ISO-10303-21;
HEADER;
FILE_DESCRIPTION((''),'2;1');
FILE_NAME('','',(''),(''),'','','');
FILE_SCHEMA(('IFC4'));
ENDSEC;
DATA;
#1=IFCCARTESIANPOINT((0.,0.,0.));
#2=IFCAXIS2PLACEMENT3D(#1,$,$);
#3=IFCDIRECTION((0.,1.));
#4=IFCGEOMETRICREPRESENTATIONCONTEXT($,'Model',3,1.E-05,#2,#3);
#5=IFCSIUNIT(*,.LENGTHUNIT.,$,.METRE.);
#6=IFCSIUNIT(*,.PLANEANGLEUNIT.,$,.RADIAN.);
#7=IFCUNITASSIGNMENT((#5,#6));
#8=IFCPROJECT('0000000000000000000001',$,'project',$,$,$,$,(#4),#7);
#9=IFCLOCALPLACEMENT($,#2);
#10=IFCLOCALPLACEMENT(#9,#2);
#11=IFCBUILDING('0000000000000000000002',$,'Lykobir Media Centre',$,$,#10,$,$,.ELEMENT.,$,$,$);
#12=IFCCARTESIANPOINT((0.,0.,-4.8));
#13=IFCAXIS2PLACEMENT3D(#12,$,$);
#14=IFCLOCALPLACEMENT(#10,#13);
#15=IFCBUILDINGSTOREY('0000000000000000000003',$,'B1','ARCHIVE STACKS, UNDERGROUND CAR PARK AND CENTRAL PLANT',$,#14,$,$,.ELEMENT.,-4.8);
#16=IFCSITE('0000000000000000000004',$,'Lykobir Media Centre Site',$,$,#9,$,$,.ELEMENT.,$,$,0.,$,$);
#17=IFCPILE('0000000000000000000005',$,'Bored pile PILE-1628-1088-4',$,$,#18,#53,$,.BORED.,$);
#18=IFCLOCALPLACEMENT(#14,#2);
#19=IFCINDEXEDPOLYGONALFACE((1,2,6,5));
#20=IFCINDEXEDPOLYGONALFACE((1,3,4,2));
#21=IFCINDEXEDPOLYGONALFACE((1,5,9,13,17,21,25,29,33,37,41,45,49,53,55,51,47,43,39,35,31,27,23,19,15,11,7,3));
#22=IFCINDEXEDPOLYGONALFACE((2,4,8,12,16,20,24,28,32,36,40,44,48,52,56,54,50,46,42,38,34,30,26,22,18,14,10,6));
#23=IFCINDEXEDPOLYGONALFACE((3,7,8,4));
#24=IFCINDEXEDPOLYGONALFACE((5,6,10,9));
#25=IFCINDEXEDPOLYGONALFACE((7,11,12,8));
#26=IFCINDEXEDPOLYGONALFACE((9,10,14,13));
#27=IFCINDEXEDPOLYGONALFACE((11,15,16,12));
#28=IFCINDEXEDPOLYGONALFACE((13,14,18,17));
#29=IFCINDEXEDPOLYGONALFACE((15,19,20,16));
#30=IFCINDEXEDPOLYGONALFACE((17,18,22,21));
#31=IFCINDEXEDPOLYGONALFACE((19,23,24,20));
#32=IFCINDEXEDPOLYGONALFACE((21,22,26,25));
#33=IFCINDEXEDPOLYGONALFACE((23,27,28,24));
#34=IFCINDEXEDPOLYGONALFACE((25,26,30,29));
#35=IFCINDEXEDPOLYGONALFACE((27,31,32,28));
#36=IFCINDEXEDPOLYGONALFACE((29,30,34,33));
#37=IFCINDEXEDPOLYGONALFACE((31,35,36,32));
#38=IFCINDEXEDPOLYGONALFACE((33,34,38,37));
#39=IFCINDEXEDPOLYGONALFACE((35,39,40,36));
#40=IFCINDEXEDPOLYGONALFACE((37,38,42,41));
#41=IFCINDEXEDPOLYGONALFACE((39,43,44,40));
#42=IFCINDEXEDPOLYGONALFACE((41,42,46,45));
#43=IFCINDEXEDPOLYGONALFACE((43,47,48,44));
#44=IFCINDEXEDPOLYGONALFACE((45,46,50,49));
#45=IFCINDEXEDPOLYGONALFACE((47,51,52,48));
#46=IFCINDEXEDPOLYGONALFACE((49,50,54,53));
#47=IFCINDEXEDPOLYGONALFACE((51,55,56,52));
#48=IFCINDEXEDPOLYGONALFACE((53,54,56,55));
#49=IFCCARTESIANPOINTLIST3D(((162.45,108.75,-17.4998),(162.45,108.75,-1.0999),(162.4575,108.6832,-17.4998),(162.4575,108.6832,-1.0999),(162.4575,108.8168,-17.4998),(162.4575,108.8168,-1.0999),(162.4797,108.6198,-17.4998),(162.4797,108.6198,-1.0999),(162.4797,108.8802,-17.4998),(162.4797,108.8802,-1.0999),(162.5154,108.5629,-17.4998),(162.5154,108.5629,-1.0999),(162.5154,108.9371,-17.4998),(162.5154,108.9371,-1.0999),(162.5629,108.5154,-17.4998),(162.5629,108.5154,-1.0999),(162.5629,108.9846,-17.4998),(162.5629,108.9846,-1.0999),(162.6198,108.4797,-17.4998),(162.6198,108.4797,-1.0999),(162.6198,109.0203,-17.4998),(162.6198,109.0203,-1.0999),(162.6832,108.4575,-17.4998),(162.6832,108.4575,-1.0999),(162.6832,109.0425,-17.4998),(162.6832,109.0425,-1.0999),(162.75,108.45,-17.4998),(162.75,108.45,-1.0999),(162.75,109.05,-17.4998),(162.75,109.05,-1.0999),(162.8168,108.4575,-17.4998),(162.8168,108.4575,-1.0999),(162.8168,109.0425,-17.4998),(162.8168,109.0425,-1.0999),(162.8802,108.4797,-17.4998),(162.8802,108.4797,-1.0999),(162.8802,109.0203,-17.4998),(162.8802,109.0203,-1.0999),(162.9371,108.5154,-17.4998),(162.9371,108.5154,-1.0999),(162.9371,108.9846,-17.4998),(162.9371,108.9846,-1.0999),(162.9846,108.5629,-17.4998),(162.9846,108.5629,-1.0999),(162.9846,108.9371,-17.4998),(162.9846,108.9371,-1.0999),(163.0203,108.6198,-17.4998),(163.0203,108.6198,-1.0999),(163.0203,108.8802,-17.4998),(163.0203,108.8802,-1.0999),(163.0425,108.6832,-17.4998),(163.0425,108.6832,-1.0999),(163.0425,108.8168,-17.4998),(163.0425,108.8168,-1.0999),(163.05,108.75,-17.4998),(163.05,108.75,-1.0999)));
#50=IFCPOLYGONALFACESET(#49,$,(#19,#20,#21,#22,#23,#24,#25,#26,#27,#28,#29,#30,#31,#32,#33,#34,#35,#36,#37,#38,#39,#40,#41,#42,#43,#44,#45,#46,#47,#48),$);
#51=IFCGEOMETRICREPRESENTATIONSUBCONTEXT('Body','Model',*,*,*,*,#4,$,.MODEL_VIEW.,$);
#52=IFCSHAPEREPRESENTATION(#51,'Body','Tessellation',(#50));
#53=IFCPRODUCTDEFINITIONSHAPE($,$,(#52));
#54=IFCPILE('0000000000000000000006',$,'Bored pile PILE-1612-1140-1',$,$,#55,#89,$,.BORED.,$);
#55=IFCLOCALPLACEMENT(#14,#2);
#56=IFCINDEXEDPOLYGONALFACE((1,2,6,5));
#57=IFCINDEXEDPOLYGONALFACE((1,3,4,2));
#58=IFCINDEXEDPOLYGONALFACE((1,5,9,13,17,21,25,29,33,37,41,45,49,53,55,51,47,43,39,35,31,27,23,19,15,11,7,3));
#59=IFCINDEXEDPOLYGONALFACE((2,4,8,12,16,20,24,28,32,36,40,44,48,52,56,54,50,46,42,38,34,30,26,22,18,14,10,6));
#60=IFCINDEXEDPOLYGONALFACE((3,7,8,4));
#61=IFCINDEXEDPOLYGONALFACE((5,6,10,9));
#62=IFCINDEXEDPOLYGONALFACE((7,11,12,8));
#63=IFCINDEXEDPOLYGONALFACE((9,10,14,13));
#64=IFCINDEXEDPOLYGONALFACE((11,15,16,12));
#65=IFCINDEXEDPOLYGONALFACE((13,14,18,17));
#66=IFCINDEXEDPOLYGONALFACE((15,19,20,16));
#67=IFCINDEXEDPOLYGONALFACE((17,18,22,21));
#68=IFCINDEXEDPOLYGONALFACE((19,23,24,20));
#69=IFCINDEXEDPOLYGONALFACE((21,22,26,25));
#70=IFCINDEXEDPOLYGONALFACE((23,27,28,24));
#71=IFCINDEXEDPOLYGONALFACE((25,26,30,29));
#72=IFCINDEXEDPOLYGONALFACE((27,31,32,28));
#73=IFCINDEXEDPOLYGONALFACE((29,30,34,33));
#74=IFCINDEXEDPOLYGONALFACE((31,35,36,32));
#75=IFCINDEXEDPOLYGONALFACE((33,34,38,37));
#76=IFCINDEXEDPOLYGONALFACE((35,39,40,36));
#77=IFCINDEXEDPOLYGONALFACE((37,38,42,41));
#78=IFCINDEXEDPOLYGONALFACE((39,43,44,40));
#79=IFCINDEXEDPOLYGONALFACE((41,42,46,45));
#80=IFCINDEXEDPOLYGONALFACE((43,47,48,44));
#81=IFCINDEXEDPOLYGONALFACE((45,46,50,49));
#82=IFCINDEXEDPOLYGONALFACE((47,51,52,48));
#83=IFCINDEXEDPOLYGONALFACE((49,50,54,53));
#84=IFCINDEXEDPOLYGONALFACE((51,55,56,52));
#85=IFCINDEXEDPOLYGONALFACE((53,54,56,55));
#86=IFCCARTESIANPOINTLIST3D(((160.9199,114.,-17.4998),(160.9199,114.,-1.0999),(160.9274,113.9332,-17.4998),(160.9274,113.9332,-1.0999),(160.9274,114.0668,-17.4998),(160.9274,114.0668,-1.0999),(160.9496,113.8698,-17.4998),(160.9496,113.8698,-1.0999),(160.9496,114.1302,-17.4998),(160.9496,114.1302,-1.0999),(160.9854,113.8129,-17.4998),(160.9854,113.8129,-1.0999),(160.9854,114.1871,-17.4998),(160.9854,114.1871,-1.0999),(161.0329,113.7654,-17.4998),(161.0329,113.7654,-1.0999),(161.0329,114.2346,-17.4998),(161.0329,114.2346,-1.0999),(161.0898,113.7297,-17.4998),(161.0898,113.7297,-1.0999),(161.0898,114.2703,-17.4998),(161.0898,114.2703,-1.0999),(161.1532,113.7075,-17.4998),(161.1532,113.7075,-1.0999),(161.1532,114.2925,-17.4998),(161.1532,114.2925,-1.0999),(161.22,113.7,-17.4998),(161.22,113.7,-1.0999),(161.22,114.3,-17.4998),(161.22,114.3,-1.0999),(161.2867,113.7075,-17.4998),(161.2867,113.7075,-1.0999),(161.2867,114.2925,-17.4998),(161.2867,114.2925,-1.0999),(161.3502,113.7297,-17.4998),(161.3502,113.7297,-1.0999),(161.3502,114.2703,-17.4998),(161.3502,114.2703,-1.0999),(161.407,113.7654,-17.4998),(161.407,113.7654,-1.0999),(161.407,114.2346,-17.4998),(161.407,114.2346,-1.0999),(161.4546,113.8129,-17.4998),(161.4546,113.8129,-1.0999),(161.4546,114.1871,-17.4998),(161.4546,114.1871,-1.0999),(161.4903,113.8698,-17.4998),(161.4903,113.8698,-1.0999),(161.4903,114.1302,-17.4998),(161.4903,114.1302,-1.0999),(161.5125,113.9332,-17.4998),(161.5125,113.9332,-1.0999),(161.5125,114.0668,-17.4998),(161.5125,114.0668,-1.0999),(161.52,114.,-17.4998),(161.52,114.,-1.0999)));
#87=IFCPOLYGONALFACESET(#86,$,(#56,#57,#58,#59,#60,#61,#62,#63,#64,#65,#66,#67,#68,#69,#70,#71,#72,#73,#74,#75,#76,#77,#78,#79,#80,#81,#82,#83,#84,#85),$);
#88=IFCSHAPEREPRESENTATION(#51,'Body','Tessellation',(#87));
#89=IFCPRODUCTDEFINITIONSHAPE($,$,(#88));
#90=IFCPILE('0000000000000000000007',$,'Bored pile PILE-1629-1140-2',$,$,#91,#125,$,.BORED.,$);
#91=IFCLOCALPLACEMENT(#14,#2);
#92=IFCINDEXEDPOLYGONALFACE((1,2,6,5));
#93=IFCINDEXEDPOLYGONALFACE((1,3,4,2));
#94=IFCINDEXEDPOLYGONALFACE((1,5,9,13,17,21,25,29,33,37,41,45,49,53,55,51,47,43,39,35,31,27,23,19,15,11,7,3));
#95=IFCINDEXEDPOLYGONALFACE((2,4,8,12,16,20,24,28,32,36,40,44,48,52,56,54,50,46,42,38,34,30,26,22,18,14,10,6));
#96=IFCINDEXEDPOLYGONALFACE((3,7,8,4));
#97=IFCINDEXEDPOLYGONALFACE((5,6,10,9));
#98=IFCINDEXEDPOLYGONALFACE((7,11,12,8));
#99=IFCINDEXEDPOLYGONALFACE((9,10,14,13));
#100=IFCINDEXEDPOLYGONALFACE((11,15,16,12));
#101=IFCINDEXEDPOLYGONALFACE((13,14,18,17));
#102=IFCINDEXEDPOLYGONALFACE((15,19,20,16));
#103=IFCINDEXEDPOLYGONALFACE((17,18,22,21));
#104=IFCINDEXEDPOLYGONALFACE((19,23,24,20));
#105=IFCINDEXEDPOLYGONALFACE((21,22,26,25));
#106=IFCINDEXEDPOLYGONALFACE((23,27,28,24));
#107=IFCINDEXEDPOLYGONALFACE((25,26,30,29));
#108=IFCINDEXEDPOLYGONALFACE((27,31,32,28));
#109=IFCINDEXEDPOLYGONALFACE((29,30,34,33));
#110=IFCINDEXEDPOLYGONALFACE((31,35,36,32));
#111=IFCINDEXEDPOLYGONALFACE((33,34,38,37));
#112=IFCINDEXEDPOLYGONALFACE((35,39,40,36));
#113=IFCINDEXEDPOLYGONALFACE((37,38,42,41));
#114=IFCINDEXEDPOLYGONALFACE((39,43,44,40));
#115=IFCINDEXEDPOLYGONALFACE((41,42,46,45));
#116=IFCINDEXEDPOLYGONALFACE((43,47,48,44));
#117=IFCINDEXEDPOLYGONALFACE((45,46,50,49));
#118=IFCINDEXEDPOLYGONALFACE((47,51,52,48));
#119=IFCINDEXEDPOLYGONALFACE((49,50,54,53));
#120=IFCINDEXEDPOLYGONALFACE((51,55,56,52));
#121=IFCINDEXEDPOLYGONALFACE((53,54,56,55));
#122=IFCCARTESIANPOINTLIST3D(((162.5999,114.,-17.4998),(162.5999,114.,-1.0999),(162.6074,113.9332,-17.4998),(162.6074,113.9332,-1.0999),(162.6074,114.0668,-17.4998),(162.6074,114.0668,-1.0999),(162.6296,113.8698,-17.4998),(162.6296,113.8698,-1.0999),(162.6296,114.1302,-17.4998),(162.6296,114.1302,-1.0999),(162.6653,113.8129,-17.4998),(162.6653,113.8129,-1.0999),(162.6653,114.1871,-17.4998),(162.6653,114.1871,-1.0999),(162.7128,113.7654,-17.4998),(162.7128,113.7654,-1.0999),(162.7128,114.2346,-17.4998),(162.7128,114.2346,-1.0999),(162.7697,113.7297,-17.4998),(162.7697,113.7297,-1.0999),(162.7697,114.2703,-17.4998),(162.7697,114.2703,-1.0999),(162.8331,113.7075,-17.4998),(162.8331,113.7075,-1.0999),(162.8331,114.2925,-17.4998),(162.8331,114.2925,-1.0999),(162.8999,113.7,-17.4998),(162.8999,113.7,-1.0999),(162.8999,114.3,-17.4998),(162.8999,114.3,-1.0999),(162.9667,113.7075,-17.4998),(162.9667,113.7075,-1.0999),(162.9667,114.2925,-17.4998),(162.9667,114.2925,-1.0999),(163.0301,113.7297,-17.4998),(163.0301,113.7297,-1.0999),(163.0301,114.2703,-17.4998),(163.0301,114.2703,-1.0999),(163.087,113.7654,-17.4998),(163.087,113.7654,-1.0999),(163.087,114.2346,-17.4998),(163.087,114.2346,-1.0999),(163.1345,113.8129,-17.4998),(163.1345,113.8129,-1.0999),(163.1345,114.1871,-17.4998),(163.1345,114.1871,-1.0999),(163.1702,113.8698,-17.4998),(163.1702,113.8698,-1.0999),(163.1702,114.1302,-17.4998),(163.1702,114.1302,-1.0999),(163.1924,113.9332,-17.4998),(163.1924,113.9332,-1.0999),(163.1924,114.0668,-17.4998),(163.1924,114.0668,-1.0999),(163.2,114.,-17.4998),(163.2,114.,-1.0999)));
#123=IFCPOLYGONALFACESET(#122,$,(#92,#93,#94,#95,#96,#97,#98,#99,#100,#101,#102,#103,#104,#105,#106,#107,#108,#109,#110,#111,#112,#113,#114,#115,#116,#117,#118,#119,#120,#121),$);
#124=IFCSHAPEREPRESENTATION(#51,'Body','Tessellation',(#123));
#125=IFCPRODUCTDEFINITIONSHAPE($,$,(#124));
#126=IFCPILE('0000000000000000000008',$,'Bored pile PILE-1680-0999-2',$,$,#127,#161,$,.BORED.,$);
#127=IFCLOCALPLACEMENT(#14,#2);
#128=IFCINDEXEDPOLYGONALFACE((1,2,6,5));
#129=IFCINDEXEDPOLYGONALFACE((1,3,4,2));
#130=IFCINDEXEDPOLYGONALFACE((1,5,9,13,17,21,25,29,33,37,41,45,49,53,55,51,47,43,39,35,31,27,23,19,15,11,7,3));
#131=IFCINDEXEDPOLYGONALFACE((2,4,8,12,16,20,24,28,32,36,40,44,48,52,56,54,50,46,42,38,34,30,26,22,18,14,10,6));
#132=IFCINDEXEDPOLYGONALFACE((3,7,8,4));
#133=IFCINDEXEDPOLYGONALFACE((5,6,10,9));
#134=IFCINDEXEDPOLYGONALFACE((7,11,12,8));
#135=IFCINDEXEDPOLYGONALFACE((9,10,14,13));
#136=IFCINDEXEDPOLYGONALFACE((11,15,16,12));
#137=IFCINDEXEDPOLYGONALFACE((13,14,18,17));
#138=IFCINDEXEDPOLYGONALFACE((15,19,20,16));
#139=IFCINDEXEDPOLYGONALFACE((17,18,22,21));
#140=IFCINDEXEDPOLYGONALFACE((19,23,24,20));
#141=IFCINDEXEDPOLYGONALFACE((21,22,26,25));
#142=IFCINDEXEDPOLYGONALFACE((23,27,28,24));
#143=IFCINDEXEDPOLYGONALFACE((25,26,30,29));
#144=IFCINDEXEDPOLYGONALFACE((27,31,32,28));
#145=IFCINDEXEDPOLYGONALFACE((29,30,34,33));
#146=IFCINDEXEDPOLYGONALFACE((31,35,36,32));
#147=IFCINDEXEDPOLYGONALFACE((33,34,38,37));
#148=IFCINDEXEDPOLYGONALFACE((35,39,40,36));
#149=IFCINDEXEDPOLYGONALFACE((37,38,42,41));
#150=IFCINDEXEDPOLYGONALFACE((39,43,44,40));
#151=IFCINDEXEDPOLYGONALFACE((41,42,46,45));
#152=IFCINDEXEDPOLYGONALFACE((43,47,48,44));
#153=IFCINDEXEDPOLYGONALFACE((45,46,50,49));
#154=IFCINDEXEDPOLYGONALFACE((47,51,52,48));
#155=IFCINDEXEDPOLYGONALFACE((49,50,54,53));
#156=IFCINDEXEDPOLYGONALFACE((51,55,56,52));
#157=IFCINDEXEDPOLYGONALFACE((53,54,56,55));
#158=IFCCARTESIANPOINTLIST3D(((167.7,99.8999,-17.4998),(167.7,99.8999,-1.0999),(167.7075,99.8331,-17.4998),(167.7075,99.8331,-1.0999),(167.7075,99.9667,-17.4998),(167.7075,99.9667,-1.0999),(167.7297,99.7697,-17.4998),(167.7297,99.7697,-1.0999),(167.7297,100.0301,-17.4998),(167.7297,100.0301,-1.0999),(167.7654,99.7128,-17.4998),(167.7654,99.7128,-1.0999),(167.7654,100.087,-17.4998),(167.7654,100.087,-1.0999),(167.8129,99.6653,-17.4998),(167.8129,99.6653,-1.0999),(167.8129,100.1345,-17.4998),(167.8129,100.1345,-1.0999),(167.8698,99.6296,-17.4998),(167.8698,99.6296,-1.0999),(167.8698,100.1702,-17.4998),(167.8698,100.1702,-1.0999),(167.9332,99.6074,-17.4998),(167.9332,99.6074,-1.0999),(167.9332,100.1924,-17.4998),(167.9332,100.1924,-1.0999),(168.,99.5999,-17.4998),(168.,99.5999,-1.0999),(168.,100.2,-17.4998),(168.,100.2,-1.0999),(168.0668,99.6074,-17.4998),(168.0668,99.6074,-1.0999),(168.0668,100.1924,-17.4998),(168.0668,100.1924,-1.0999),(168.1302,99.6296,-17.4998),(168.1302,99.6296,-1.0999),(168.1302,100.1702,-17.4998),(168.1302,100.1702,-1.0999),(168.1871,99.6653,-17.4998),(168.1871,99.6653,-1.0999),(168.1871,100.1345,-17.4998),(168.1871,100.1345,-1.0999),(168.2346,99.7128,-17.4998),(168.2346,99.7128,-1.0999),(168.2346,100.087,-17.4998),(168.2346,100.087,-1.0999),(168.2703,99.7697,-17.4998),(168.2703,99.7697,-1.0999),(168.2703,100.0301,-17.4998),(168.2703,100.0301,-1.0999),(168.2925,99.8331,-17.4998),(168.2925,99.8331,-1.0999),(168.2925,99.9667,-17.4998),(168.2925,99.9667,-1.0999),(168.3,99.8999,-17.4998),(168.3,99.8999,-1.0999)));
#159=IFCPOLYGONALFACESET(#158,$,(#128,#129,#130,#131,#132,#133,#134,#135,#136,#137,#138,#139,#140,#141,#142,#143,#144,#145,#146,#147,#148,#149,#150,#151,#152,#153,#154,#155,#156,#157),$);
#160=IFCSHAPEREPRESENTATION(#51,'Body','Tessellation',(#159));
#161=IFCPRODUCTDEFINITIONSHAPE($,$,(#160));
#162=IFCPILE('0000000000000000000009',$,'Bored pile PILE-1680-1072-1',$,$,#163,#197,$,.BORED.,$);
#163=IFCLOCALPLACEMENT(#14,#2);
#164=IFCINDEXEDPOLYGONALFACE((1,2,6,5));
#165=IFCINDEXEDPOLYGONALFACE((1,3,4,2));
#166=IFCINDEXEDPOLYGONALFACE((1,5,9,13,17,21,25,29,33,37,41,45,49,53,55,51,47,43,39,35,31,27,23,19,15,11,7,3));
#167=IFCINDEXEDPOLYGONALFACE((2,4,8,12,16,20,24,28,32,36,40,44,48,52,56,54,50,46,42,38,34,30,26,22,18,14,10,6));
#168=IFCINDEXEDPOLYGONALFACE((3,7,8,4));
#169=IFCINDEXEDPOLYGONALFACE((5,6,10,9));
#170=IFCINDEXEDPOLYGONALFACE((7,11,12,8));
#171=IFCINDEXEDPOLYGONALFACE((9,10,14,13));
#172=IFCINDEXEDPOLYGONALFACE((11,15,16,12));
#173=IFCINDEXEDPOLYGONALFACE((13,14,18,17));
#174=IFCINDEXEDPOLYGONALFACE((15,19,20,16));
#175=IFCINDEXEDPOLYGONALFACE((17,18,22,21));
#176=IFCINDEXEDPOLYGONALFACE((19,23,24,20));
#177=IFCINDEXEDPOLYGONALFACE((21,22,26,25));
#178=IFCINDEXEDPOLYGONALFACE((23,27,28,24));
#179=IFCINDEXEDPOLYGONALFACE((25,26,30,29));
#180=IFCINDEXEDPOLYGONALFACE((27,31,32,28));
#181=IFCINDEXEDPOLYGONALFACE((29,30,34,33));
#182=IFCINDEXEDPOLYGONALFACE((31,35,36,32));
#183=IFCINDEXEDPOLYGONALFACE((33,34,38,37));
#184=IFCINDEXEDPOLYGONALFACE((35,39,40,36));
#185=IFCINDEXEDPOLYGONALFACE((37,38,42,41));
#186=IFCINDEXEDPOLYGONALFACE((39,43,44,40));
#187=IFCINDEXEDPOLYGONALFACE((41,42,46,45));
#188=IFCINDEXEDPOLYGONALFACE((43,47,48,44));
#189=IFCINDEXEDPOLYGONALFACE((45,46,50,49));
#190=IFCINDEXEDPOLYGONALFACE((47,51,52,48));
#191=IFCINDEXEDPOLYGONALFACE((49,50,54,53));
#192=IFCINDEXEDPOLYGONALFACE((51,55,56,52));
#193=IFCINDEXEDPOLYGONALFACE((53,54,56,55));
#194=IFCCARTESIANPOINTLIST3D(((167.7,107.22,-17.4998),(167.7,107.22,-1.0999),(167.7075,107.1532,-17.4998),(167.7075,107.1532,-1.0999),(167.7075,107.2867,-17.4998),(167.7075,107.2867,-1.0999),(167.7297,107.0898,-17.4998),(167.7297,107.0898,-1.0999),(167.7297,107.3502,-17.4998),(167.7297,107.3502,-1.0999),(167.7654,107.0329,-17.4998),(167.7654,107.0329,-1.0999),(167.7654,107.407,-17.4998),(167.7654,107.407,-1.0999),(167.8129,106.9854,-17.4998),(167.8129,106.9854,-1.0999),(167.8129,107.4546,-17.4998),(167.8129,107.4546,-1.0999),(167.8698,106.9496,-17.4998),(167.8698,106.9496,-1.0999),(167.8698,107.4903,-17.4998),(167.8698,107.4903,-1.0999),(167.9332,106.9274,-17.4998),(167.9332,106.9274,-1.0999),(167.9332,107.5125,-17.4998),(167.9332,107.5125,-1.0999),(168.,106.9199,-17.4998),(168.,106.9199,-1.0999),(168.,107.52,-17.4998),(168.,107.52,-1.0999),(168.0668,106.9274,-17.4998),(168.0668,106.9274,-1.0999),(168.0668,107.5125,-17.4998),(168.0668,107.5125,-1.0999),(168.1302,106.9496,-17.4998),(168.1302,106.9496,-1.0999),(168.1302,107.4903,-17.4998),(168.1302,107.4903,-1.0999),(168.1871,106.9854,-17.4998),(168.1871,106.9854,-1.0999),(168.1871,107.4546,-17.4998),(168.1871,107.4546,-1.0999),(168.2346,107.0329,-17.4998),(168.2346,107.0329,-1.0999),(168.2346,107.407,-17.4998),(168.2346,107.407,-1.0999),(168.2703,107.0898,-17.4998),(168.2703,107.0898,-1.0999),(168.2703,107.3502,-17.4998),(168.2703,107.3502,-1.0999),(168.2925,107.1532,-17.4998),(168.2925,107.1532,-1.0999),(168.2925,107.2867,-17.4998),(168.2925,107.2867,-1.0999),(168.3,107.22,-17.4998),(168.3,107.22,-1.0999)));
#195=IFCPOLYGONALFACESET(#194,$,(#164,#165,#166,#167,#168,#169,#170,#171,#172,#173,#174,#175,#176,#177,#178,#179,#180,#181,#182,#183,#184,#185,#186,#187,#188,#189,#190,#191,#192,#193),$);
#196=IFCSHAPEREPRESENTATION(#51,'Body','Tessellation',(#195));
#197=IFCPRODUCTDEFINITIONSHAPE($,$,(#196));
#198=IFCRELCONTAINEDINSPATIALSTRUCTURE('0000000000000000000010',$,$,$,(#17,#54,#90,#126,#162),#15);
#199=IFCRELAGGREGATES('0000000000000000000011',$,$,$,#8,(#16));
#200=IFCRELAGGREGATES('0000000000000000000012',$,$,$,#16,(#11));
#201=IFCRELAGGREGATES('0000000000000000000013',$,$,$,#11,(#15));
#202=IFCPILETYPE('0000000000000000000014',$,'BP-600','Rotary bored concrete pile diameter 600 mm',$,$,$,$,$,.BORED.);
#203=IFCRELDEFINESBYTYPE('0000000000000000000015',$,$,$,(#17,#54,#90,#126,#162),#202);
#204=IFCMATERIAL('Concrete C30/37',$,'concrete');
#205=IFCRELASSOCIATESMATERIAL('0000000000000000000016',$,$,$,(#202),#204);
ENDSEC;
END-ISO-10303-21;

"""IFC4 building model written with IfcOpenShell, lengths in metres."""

from ifc_helpers import new_model, si_unit, direction, frame, origin, origin_2d, place, context, subcontext, project, spatial, circle, extrude, material, material_profile, profile_set, type_object, element, save


model = new_model("IFC4")

# Units and contexts
model_context = context("Model", 3, precision=1e-05, world=origin(), true_north=direction((0.0, 1.0)))
body_context = subcontext(model_context, "Body", "Model", "MODEL_VIEW")
ifc_project = project(units=[si_unit("LENGTHUNIT", "METRE"), si_unit("PLANEANGLEUNIT", "RADIAN")], contexts=[model_context])

# Site, building, storey
site_placement = place(None, origin())
site = spatial("IfcSite", under=ifc_project, at=site_placement, Name="Lykobir Media Centre Site", CompositionType="ELEMENT", RefElevation=0.0)
building_placement = place(site_placement, origin())
building = spatial("IfcBuilding", under=site, at=building_placement, Name="Lykobir Media Centre", CompositionType="ELEMENT")
storey_placement = place(building_placement, frame((0.0, 0.0, -4.8)))
storey = spatial("IfcBuildingStorey", under=building, at=storey_placement, Name="B1", Description="ARCHIVE STACKS, UNDERGROUND CAR PARK AND CENTRAL PLANT", CompositionType="ELEMENT", Elevation=-4.8)

# Piles
ifc_material_1 = material(Name="Concrete C30/37", Category="concrete")
ifc_material_profile_1 = material_profile(ifc_material_1, circle(Radius=0.3, at=origin_2d()), Name="BORED PILE D600")
ifc_profile_set_1 = profile_set([ifc_material_profile_1], Name="Concrete C30/37")
pile_type = type_object("IfcPileType", Name="BP-600", Description="Rotary bored concrete pile diameter 600 mm", PredefinedType="BORED", material=ifc_profile_set_1)
for number, where, z_axis, x_axis, name in (
    (1, (162.75, 108.75, -1.0999), (0.0, 0.0, -1.0), (1.0, 0.0, 0.0), "Bored pile PILE-1628-1088-4"),
    (2, (161.22, 114.0, -1.0999), (0.0, 0.0, -1.0), (1.0, 0.0, 0.0), "Bored pile PILE-1612-1140-1"),
    (3, (162.8999, 114.0, -1.0999), (0.0, 0.0, -1.0), (1.0, 0.0, 0.0), "Bored pile PILE-1629-1140-2"),
    (4, (168.0, 99.8999, -1.0999), (0.0, 0.0, -1.0), (1.0, 0.0, 0.0), "Bored pile PILE-1680-0999-2"),
    (5, (168.0, 107.22, -1.0999), (0.0, 0.0, -1.0), (1.0, 0.0, 0.0), "Bored pile PILE-1680-1072-1"),
):
    element("IfcPile", number, at=place(storey_placement, frame(where, z_axis=z_axis, x_axis=x_axis)), inside=storey, type_object=pile_type, Name=name, PredefinedType="BORED", context=body_context, shape_type="SweptSolid", body=[
        extrude(circle(Radius=0.3, at=origin_2d()), origin(), (0.0, 0.0, 1.0), 16.3999),
    ])

save(model, "model.ifc")
